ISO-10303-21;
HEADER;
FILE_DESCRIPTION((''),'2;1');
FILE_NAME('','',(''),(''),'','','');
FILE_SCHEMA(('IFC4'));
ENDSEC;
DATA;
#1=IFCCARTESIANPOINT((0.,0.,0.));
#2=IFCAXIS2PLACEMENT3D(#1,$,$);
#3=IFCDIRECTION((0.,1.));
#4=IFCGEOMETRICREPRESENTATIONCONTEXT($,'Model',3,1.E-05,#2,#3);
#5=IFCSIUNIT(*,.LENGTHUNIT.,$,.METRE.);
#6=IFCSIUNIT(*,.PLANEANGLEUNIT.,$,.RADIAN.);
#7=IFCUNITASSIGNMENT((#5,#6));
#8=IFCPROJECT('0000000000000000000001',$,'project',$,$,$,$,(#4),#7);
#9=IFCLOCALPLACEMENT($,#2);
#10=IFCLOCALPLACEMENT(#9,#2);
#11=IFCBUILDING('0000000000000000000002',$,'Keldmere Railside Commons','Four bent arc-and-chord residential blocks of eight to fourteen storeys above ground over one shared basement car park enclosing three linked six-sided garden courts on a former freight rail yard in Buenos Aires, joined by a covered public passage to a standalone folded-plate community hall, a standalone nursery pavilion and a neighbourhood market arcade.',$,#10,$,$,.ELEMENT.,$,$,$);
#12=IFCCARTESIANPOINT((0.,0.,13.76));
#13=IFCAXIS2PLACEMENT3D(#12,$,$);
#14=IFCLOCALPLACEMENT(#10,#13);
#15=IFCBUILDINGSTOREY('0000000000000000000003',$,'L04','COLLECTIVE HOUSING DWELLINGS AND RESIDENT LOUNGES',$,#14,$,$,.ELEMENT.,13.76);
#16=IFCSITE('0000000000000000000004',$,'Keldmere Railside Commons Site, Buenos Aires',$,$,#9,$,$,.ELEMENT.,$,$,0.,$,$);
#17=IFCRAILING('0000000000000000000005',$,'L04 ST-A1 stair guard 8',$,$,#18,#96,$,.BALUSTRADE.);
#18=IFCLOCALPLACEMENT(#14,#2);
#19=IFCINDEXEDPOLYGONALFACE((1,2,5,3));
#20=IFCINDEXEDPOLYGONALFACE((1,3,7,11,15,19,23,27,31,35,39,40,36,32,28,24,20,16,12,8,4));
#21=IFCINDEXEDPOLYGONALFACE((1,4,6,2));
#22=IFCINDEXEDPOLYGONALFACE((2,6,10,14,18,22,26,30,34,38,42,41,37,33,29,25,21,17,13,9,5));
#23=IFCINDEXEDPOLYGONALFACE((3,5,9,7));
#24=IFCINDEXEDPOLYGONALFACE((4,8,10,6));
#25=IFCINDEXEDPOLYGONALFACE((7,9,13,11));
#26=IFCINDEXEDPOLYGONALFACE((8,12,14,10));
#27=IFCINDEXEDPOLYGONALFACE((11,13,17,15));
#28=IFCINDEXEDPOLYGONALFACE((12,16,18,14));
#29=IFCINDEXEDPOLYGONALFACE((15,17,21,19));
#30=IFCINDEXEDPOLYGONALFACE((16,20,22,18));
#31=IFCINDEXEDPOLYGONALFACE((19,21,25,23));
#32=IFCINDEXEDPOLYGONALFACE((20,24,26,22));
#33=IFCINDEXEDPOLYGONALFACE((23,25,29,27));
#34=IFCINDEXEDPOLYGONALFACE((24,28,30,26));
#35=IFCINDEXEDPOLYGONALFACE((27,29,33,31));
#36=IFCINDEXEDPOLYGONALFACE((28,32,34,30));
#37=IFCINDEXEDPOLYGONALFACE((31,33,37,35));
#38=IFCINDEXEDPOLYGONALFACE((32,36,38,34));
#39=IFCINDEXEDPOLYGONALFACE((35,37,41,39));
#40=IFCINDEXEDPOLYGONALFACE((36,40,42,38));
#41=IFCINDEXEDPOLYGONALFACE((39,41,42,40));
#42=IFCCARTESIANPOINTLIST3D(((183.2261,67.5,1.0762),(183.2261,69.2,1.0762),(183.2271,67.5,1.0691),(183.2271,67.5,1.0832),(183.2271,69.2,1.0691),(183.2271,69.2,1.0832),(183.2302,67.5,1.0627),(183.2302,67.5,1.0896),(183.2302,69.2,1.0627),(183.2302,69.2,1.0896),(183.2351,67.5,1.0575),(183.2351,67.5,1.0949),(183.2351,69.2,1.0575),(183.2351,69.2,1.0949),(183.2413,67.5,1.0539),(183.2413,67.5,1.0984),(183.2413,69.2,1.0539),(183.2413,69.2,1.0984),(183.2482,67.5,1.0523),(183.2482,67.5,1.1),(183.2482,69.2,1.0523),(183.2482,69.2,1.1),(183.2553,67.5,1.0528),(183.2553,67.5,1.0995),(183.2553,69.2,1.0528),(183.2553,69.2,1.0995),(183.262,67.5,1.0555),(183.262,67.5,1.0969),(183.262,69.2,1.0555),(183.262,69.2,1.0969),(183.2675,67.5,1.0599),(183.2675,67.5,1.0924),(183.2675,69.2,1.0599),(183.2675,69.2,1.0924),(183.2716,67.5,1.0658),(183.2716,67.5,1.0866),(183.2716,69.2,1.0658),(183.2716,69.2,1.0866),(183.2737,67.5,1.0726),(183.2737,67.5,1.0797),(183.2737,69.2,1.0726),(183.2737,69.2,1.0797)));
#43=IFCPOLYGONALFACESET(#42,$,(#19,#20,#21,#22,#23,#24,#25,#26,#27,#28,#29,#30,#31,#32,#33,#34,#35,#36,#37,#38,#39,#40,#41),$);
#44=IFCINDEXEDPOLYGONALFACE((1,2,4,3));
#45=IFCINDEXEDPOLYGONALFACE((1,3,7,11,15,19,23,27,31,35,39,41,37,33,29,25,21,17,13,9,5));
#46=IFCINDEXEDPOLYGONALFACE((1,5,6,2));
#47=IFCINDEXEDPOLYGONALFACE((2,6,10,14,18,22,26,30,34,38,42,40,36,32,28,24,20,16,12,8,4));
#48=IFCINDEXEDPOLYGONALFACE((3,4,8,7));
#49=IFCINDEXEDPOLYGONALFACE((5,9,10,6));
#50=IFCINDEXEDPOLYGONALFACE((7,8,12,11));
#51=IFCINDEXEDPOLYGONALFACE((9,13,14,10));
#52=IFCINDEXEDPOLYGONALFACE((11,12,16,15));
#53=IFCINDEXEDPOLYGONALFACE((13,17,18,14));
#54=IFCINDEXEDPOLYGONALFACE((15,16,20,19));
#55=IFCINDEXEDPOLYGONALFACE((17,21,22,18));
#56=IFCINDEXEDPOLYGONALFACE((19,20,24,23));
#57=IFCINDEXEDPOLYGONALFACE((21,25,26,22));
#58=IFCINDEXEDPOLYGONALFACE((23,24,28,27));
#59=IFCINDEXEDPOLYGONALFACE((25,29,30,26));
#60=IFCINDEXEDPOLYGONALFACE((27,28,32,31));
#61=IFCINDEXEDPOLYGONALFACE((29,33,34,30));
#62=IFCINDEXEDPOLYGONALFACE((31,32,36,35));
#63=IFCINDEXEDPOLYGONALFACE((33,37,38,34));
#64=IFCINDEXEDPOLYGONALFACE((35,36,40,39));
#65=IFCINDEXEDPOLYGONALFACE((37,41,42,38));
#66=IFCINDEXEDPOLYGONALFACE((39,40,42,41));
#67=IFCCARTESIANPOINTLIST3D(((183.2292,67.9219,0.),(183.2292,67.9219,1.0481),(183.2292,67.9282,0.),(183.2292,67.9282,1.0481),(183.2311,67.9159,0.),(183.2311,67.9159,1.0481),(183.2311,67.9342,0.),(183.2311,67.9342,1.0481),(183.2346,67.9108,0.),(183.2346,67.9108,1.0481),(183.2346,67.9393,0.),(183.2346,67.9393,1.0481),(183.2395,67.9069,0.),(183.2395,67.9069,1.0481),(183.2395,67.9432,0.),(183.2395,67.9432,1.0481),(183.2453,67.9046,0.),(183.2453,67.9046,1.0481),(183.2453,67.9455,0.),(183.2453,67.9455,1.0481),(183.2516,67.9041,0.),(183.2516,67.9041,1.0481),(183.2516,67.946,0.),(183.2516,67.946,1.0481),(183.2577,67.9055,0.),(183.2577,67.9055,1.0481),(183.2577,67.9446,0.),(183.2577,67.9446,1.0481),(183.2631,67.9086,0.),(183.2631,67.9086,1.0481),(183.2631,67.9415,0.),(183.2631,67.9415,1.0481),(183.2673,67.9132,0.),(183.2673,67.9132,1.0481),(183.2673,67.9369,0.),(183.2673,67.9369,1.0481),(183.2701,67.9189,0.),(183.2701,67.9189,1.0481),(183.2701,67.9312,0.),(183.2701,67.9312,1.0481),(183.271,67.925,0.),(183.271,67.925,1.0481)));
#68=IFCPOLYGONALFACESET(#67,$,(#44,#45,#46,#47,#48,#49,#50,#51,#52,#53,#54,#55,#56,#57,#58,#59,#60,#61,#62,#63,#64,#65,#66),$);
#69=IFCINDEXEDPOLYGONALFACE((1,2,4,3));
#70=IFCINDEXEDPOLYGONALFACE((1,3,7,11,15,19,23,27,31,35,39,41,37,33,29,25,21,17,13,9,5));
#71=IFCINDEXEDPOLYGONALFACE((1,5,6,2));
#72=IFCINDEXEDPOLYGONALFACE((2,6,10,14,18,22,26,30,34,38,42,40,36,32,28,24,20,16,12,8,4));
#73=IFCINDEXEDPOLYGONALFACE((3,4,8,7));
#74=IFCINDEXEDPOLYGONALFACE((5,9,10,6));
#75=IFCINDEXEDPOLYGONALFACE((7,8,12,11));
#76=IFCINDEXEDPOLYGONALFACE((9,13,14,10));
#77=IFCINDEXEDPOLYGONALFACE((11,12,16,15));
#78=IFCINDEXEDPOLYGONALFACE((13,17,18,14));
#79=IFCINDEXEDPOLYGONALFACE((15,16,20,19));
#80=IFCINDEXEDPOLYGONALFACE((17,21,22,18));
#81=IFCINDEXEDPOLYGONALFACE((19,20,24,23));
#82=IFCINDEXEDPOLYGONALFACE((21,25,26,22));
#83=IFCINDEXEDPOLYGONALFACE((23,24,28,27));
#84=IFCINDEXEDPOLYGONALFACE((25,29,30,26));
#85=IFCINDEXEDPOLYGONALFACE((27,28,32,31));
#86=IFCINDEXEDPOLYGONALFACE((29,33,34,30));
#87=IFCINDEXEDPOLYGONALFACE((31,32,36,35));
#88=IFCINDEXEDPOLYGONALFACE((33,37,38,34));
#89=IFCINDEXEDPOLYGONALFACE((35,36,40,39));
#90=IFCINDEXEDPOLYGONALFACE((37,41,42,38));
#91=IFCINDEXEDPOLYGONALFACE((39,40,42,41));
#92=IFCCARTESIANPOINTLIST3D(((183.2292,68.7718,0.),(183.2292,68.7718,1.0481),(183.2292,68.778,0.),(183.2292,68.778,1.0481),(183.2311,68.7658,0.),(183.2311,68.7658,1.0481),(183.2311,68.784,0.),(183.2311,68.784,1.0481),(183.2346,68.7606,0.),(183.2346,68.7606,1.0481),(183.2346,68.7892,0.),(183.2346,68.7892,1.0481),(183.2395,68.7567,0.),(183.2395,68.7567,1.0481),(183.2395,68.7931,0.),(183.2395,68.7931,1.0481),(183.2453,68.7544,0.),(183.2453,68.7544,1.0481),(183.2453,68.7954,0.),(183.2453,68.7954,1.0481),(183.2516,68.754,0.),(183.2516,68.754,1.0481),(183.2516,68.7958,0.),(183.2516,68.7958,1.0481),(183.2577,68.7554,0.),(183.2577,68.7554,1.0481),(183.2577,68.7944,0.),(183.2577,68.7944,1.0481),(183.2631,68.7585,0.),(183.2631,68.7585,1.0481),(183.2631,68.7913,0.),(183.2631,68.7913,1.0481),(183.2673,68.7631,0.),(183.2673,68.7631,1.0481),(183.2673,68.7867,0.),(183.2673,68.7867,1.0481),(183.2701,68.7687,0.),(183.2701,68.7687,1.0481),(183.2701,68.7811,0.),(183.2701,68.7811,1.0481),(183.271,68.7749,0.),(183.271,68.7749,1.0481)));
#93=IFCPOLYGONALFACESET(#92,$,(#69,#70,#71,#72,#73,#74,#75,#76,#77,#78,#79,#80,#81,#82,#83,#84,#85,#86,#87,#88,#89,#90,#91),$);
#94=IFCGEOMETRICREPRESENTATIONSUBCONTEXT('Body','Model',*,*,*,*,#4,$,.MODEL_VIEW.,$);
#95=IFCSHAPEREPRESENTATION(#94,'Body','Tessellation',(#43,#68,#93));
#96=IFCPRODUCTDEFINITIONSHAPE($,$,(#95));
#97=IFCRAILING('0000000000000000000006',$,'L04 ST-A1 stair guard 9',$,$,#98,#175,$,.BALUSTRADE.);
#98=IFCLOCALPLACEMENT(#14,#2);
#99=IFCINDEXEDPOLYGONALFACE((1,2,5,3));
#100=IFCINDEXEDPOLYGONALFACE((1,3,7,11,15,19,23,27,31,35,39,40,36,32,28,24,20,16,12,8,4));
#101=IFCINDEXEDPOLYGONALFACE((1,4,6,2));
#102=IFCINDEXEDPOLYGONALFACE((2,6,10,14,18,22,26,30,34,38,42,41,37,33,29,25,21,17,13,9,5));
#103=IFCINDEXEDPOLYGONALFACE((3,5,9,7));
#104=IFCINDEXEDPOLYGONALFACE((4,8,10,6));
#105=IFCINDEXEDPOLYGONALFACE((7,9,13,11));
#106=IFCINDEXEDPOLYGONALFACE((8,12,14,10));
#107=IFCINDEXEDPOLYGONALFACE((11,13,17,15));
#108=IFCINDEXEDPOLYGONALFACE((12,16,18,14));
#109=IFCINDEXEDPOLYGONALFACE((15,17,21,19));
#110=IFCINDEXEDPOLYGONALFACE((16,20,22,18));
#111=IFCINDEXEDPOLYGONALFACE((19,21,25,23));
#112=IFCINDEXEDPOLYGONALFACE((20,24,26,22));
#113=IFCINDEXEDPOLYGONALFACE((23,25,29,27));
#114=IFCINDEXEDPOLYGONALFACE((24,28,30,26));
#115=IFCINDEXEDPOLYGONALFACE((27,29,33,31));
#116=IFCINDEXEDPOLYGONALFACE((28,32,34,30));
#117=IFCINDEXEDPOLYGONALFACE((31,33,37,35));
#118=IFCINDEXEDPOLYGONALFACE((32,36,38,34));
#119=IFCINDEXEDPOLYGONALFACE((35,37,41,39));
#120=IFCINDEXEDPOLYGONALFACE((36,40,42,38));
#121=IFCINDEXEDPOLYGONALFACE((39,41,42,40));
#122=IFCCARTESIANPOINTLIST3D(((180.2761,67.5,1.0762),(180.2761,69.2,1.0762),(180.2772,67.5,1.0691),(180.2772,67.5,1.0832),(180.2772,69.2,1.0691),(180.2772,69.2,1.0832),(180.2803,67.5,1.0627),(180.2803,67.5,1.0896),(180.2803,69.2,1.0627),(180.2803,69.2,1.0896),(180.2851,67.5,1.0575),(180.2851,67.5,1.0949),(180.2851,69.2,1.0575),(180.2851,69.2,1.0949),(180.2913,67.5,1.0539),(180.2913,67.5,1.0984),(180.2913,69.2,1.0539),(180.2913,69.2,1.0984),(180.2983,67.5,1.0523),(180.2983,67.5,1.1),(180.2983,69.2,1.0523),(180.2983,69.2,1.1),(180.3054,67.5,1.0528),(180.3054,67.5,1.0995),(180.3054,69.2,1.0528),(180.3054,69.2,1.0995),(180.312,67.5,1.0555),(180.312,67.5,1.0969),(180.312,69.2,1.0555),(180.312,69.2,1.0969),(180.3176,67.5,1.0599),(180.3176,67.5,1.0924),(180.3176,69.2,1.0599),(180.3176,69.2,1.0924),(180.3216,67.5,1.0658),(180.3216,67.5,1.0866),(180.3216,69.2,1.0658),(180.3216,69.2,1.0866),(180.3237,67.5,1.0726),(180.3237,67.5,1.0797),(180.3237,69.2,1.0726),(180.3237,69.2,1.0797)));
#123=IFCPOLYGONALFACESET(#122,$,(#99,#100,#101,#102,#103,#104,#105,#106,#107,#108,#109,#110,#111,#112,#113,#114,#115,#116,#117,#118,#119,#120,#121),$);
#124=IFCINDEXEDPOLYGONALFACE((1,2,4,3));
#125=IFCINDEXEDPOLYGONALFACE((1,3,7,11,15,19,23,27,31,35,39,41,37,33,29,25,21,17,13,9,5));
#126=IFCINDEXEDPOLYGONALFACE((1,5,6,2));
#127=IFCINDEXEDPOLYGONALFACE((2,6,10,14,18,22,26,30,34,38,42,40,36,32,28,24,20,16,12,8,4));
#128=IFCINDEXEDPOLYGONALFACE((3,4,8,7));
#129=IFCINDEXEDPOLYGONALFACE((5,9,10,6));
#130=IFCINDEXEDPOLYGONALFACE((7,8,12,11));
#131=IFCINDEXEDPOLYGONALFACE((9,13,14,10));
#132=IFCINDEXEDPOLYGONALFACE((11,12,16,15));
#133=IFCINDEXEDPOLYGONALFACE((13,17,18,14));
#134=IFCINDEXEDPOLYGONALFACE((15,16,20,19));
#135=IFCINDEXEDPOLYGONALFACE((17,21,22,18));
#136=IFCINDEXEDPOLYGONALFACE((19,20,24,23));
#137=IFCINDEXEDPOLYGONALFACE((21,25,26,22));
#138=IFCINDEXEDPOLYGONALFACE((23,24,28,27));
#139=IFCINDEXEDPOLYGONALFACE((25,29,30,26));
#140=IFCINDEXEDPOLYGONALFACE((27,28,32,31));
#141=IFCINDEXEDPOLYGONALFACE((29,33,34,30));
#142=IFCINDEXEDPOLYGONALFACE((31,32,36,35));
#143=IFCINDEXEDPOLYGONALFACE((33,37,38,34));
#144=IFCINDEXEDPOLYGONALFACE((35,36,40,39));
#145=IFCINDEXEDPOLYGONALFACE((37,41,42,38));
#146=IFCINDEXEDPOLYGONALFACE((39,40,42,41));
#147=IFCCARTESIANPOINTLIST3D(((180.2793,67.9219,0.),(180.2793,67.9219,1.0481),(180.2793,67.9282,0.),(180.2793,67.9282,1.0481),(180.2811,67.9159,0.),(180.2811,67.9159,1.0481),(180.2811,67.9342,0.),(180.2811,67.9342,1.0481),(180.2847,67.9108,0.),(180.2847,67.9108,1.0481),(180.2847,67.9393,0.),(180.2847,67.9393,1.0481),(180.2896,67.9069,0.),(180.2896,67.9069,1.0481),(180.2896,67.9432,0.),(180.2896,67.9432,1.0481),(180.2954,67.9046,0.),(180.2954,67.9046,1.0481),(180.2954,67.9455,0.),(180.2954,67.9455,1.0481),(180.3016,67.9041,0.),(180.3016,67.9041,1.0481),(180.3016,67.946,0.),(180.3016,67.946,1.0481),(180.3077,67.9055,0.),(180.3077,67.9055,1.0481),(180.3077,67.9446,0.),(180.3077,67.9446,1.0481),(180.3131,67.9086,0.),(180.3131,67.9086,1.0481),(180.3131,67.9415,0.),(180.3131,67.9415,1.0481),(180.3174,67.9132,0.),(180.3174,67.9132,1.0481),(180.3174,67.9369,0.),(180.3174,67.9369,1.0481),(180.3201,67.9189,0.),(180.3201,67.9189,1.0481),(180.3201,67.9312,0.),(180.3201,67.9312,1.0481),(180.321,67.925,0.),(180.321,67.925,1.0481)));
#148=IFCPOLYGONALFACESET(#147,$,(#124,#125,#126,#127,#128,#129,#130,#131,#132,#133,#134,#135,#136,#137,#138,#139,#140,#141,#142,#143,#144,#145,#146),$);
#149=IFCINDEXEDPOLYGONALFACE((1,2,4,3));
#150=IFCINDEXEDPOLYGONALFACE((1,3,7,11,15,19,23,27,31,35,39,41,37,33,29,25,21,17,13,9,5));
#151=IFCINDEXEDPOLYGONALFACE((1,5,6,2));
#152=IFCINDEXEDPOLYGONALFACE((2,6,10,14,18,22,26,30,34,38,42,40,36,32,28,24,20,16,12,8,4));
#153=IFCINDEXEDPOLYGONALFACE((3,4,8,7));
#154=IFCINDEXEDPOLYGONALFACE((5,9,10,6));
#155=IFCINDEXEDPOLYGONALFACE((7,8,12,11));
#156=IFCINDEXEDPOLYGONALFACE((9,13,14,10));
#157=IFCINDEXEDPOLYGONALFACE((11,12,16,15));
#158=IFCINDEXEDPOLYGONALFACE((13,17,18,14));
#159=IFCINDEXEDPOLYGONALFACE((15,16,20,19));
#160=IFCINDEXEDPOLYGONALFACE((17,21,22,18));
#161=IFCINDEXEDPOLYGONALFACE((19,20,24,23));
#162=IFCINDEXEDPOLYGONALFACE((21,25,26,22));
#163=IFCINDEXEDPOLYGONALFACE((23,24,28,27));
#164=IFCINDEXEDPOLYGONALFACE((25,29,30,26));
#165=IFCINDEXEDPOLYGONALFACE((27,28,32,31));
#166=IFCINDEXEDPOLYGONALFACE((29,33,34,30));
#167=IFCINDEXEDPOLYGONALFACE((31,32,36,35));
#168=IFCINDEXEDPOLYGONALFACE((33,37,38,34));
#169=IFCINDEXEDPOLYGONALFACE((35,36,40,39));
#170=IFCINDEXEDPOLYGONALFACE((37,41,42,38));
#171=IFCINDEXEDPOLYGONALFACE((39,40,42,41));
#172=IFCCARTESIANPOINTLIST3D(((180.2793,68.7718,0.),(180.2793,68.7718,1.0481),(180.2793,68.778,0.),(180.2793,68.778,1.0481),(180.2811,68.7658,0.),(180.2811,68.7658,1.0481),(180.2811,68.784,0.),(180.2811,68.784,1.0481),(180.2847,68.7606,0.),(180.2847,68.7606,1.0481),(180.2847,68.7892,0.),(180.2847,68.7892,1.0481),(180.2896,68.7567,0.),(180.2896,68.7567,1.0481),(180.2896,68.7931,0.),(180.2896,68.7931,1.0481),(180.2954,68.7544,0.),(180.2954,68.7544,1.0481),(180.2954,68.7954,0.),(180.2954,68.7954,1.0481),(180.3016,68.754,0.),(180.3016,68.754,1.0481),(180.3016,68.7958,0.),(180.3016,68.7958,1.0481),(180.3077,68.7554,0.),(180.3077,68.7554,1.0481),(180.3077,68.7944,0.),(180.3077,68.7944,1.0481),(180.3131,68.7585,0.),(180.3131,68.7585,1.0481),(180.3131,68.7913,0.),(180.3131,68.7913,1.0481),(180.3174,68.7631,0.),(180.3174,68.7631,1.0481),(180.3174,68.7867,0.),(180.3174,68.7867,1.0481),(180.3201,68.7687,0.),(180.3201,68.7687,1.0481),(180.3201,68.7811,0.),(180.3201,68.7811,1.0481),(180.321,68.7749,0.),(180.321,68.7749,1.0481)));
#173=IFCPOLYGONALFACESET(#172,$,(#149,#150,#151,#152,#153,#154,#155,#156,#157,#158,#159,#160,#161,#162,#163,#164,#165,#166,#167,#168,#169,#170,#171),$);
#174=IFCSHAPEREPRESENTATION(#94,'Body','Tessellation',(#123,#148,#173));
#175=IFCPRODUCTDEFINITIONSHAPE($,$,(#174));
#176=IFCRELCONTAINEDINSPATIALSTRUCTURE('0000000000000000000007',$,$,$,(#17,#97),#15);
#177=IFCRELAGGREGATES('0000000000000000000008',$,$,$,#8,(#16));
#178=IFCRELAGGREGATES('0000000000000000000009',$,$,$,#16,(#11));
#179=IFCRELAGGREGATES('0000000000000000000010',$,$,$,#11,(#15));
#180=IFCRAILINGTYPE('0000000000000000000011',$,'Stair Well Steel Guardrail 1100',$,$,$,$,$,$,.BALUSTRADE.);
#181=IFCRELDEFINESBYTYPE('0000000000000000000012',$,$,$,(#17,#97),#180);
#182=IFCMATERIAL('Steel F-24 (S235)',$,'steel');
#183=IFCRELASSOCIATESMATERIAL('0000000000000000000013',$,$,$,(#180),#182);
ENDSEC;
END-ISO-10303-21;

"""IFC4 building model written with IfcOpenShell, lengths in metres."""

from ifc_helpers import new_model, si_unit, direction, frame, origin, origin_2d, place, context, subcontext, project, spatial, circle, extrude, material, type_object, element, save


model = new_model("IFC4")

# Units and contexts
model_context = context("Model", 3, precision=1e-05, world=origin(), true_north=direction((0.0, 1.0)))
body_context = subcontext(model_context, "Body", "Model", "MODEL_VIEW")
ifc_project = project(units=[si_unit("LENGTHUNIT", "METRE"), si_unit("PLANEANGLEUNIT", "RADIAN")], contexts=[model_context])

# Site, building, storey
site_placement = place(None, origin())
site = spatial("IfcSite", under=ifc_project, at=site_placement, Name="Keldmere Railside Commons Site, Buenos Aires", CompositionType="ELEMENT", RefElevation=0.0)
building_placement = place(site_placement, origin())
building = spatial("IfcBuilding", under=site, at=building_placement, Name="Keldmere Railside Commons", Description="Four bent arc-and-chord residential blocks of eight to fourteen storeys above ground over one shared basement car park enclosing three linked six-sided garden courts on a former freight rail yard in Buenos Aires, joined by a covered public passage to a standalone folded-plate community hall, a standalone nursery pavilion and a neighbourhood market arcade.", CompositionType="ELEMENT")
storey_placement = place(building_placement, frame((0.0, 0.0, 13.76)))
storey = spatial("IfcBuildingStorey", under=building, at=storey_placement, Name="L04", Description="COLLECTIVE HOUSING DWELLINGS AND RESIDENT LOUNGES", CompositionType="ELEMENT", Elevation=13.76)

# Shared definitions
ifc_material_1 = material(Name="Steel F-24 (S235)", Category="steel")

# Railings
railing_type_1 = type_object("IfcRailingType", Name="Stair Well Steel Guardrail 1100", PredefinedType="BALUSTRADE", material=ifc_material_1)
for number, where, name in (
    (1, (183.25, 67.5, 0.0), "L04 ST-A1 stair guard 8"),
    (2, (180.3, 67.5, 0.0), "L04 ST-A1 stair guard 9"),
):
    element("IfcRailing", number, at=place(storey_placement, frame(where)), inside=storey, type_object=railing_type_1, Name=name, PredefinedType="BALUSTRADE", context=body_context, shape_type="SweptSolid", body=[
        extrude(circle(Radius=0.0239, at=origin_2d()), frame((0.0, 0.0, 1.0762), z_axis=(0.0, 1.0, 0.0), x_axis=(-1.0, 0.0, 0.0)), (0.0, 0.0, 1.0), 1.7),
        extrude(circle(Radius=0.021, at=origin_2d()), frame((0.0, 0.425, 0.0)), (0.0, 0.0, 1.0), 1.0481),
        extrude(circle(Radius=0.021, at=origin_2d()), frame((0.0, 1.2749, 0.0)), (0.0, 0.0, 1.0), 1.0481),
    ])

save(model, "model.ifc")
